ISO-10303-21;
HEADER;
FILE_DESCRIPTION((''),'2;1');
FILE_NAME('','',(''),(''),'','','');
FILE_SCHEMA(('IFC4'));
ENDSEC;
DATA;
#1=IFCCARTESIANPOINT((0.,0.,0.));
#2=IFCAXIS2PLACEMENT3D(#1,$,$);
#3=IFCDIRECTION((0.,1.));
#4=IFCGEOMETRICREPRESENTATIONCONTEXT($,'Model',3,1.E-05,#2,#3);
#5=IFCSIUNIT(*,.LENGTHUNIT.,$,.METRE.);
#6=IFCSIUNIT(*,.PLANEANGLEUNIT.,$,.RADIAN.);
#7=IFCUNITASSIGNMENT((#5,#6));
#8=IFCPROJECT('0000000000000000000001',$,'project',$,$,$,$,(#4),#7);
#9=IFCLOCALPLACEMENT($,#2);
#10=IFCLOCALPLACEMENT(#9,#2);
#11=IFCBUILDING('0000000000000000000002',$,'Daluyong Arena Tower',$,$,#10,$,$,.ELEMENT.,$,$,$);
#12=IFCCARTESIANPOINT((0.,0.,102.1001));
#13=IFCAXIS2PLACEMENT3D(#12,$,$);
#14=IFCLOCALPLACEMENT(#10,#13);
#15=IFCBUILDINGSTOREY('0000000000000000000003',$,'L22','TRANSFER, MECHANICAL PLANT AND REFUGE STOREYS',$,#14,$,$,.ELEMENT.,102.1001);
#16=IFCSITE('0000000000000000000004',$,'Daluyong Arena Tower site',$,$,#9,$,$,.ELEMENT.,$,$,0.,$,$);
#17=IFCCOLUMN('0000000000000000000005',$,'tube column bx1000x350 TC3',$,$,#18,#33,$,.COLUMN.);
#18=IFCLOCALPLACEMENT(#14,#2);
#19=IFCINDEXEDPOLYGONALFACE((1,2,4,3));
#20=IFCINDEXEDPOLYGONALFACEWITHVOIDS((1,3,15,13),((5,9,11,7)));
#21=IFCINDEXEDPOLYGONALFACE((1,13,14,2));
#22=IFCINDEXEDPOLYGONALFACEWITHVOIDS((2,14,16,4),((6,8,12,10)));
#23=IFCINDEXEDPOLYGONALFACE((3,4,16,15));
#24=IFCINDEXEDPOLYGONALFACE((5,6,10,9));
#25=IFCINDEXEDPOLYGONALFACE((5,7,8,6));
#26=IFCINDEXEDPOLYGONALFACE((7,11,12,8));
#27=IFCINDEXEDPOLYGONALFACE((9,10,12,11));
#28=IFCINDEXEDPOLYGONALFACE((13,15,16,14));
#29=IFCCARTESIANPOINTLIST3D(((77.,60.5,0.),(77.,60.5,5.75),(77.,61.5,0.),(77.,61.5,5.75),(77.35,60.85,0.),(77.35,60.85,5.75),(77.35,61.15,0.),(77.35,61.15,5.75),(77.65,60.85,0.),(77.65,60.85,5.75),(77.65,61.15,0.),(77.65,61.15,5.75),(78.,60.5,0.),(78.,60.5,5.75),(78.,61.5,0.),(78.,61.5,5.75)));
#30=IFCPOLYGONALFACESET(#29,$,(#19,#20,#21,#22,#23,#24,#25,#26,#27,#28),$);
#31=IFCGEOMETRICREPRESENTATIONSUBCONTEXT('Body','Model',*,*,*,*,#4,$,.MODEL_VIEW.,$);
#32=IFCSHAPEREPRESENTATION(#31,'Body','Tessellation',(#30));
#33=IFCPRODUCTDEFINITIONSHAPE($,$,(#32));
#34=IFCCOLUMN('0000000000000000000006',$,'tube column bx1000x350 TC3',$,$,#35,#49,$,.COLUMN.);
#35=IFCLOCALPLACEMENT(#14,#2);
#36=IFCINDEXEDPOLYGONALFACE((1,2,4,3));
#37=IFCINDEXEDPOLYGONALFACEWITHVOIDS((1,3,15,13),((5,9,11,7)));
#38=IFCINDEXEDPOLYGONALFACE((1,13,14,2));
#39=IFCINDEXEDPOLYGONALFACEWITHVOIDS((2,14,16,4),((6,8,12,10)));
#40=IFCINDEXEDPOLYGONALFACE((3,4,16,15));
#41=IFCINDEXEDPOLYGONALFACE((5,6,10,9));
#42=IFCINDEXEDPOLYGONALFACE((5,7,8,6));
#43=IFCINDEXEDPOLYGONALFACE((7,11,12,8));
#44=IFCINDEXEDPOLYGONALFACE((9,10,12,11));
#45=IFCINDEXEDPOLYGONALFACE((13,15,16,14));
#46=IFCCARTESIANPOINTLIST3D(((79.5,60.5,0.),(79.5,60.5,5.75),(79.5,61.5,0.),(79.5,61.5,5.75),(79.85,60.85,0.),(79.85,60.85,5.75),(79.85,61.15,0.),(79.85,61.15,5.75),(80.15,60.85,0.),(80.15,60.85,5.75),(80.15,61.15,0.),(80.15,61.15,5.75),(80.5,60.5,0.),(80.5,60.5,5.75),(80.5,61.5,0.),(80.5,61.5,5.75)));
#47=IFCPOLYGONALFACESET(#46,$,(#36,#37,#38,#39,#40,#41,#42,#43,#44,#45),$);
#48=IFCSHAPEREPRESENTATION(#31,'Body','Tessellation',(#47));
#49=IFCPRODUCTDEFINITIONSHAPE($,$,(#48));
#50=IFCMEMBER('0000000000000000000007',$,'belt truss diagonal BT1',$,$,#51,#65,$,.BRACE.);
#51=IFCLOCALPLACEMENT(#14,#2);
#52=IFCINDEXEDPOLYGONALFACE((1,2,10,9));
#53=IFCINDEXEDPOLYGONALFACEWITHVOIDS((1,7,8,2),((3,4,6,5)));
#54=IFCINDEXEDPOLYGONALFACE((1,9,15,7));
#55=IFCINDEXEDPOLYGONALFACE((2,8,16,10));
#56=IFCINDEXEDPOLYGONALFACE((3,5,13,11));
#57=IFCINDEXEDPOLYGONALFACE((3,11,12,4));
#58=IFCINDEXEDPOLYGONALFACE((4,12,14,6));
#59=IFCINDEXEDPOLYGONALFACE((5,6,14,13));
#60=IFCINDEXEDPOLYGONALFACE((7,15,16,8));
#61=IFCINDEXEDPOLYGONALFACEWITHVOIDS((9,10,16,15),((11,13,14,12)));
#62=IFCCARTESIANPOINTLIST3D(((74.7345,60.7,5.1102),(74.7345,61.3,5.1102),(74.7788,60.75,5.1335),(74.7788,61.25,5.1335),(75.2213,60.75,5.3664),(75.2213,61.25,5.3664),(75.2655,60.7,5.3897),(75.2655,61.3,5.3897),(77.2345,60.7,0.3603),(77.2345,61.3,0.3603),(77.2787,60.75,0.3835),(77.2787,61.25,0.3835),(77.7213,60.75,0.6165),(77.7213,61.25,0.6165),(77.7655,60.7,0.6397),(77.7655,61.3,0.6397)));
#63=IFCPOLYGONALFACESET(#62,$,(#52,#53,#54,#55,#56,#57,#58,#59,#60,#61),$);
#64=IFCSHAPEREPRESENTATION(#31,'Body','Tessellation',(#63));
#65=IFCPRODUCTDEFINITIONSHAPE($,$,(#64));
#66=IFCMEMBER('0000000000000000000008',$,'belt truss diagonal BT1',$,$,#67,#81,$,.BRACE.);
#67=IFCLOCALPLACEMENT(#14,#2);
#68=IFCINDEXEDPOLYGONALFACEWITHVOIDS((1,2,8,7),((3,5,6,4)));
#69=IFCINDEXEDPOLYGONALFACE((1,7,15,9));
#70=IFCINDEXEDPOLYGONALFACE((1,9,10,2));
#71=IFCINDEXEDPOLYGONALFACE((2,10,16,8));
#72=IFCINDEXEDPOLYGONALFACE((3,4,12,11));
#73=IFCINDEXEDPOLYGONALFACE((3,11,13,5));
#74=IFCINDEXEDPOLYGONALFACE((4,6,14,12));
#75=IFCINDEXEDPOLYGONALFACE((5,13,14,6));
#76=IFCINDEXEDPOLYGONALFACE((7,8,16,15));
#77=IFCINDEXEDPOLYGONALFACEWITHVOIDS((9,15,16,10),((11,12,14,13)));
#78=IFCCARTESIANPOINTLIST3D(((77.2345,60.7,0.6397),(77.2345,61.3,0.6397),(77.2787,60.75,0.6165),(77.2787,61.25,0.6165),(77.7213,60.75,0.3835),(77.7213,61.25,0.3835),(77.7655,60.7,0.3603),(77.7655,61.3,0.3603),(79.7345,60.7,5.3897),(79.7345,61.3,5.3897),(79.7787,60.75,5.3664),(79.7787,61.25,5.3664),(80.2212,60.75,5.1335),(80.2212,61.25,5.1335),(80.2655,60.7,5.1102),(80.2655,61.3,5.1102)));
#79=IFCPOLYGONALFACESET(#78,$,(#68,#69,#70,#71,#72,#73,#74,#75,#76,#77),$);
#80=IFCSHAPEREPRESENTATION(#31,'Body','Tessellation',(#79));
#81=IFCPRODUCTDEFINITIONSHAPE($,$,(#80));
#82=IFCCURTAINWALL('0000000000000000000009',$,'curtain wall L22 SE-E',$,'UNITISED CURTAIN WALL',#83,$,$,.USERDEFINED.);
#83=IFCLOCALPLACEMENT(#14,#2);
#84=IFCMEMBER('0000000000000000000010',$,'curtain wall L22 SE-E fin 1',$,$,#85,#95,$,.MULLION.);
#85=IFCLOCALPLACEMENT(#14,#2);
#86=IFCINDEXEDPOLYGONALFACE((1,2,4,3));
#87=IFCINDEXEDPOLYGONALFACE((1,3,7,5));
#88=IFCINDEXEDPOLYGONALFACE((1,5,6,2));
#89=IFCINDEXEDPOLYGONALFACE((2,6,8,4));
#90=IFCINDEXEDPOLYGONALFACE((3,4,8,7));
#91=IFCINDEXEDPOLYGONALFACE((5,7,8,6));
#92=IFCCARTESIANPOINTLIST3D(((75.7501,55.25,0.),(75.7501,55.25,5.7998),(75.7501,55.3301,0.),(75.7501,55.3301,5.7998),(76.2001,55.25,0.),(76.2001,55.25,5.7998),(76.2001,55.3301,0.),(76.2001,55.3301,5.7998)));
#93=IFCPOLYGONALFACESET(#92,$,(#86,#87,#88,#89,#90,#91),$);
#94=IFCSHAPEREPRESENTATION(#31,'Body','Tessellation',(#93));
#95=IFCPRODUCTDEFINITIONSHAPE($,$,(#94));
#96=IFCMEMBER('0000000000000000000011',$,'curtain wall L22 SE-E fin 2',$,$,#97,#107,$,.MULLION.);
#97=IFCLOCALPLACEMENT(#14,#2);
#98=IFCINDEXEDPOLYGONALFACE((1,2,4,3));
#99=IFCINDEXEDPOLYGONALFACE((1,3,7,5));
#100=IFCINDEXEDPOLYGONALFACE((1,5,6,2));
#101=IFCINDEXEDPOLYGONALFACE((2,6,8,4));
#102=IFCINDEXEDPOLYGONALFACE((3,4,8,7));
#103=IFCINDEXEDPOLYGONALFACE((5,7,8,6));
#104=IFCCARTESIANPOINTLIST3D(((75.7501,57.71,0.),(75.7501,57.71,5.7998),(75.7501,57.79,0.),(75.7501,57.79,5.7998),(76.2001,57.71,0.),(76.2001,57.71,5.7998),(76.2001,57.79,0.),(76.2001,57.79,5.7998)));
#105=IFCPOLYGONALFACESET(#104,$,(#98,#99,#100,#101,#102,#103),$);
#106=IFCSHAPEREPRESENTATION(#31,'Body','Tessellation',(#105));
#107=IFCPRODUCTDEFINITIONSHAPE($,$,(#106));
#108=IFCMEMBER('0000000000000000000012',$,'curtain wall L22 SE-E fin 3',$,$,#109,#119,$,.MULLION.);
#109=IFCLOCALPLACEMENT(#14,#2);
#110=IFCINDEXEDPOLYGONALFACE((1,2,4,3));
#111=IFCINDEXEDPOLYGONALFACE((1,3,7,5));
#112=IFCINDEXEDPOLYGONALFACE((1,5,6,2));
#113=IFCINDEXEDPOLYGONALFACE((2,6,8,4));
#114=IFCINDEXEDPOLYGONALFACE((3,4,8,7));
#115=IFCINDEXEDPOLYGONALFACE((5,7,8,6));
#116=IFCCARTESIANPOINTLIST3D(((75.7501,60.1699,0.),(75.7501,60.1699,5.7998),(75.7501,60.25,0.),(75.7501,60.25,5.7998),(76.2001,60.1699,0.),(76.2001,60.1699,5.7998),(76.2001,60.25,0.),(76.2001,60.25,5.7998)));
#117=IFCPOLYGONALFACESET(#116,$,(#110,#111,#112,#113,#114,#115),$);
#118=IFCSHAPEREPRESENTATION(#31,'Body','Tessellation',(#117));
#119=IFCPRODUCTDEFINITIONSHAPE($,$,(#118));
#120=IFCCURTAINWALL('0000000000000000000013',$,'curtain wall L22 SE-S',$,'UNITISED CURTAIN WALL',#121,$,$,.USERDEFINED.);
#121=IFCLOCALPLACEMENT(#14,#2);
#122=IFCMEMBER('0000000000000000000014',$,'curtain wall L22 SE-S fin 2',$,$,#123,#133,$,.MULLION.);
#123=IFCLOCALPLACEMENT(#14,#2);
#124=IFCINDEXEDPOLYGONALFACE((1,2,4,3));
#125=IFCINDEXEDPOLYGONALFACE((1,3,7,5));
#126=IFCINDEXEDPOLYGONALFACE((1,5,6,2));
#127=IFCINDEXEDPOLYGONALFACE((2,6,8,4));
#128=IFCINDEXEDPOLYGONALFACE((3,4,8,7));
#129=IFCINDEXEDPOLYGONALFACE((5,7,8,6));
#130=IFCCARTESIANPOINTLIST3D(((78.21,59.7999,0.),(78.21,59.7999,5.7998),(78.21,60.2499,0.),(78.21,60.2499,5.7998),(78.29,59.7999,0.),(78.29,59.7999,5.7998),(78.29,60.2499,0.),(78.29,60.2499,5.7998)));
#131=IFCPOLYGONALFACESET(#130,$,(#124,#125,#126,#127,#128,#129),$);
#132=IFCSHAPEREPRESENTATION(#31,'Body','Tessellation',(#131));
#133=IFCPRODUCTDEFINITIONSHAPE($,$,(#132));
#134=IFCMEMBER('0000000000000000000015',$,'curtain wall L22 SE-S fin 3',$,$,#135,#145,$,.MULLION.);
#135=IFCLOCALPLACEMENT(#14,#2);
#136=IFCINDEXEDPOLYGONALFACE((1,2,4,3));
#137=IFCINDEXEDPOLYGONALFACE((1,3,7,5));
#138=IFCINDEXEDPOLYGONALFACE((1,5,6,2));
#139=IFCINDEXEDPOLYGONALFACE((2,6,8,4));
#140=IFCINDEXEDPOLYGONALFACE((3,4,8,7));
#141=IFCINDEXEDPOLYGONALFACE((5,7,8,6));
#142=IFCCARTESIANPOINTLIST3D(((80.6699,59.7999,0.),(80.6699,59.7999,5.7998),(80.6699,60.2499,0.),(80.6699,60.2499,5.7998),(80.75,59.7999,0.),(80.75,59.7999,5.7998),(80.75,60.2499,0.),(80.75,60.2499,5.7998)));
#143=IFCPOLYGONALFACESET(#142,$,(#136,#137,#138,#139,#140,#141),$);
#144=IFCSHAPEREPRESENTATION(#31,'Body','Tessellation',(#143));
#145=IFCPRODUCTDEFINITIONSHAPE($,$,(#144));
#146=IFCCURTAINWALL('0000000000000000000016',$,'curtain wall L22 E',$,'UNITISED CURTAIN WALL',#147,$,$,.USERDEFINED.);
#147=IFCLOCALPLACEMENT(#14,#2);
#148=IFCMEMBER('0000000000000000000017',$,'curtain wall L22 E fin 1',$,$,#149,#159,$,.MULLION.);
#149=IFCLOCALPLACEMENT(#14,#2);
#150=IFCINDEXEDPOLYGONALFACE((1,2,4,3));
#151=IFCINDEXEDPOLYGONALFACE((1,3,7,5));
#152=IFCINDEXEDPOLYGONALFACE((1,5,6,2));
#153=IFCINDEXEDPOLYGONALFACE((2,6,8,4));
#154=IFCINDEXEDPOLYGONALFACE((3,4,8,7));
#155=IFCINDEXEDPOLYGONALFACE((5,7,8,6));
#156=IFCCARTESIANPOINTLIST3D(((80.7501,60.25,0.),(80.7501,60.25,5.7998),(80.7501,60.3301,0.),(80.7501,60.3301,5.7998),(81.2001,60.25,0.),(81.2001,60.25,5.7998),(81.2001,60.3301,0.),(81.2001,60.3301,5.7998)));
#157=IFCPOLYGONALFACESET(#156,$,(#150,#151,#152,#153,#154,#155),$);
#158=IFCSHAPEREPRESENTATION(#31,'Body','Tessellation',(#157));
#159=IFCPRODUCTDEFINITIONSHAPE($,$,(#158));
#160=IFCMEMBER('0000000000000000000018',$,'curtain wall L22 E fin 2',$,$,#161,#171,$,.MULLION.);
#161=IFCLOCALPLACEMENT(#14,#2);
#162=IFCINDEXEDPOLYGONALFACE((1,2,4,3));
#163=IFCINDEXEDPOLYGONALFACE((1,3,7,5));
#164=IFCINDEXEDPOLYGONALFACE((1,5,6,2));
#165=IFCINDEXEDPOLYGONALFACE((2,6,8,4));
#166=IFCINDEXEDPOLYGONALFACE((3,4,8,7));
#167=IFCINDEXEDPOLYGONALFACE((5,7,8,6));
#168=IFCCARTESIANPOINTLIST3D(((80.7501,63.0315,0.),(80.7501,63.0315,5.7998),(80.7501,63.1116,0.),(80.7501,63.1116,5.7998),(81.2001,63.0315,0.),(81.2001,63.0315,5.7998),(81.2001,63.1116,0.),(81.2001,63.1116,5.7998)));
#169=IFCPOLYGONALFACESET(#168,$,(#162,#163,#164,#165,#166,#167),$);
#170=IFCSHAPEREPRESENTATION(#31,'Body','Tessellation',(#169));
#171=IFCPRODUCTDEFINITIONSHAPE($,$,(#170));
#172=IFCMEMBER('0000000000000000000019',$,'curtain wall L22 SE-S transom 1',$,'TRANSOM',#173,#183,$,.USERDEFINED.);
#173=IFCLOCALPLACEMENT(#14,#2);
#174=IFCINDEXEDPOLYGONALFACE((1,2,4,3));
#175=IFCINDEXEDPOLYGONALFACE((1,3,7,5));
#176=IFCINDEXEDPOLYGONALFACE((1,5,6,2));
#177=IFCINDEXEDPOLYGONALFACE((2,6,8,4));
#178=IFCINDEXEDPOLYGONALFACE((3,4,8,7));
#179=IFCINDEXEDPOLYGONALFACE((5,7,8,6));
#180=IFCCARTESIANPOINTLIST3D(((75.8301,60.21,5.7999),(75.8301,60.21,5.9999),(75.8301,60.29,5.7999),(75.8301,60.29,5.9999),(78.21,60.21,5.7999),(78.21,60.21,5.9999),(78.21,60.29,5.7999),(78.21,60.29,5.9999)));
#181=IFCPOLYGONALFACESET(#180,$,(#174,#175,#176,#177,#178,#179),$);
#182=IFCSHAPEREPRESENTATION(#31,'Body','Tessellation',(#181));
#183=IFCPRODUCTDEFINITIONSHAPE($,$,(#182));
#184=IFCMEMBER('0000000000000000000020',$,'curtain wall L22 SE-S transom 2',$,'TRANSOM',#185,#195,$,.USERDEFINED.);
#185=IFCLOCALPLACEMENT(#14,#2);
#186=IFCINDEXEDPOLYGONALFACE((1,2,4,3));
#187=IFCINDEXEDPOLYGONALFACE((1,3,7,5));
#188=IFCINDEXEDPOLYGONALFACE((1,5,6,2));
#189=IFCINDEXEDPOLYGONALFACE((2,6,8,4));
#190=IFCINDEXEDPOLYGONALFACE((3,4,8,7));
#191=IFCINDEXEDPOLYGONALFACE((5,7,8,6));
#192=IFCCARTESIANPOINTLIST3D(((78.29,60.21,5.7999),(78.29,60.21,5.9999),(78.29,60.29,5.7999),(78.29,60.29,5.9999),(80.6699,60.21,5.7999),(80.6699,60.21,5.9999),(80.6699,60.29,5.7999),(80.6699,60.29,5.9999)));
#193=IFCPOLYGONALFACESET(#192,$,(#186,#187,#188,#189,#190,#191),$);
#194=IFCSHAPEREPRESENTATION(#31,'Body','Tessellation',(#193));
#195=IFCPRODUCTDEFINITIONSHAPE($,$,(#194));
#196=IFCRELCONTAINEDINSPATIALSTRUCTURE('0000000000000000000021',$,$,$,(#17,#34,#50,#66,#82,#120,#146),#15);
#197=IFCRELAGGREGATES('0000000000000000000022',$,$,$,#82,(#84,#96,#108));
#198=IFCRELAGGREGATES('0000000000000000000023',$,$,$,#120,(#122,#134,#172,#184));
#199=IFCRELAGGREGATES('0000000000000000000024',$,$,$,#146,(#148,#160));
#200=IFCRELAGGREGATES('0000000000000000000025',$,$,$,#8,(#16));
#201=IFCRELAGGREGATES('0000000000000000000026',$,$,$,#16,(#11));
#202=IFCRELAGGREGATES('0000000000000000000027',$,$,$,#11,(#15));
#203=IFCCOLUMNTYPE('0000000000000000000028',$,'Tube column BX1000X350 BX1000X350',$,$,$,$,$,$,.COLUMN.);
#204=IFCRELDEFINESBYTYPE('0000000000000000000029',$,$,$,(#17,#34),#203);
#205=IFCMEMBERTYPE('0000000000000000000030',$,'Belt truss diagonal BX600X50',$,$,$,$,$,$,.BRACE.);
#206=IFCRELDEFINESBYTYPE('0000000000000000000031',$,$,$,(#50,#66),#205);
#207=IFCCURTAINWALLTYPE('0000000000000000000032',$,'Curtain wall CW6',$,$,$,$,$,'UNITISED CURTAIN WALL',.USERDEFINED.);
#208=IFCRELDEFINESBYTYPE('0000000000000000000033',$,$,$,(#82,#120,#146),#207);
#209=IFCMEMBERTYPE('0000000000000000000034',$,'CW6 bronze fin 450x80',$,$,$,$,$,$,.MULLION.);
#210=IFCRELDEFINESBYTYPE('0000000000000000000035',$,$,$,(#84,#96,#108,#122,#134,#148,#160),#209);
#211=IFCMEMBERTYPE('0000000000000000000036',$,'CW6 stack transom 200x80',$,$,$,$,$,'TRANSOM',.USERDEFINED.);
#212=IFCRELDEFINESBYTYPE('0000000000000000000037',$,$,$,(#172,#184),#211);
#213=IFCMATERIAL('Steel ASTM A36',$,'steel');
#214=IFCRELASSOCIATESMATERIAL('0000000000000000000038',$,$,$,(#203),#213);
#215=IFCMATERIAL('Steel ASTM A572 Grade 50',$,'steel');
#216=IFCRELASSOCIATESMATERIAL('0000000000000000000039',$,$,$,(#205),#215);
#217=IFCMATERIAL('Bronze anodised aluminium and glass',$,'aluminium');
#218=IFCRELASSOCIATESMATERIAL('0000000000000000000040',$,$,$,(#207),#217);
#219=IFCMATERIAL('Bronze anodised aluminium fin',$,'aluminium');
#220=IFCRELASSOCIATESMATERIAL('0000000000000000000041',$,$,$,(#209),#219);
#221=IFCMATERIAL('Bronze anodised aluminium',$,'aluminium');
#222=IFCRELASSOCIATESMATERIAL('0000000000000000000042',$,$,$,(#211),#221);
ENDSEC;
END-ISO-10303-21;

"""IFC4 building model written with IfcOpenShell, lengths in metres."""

from ifc_helpers import new_model, si_unit, direction, frame, origin, origin_2d, place, context, subcontext, project, spatial, rectangle, hollow_rectangle, extrude, material, material_profile, profile_set, type_object, element, aggregate, save


model = new_model("IFC4")

# Units and contexts
model_context = context("Model", 3, precision=1e-05, world=origin(), true_north=direction((0.0, 1.0)))
body_context = subcontext(model_context, "Body", "Model", "MODEL_VIEW")
ifc_project = project(units=[si_unit("LENGTHUNIT", "METRE"), si_unit("PLANEANGLEUNIT", "RADIAN")], contexts=[model_context])

# Site, building, storey
site_placement = place(None, origin())
site = spatial("IfcSite", under=ifc_project, at=site_placement, Name="Daluyong Arena Tower site", CompositionType="ELEMENT", RefElevation=0.0)
building_placement = place(site_placement, origin())
building = spatial("IfcBuilding", under=site, at=building_placement, Name="Daluyong Arena Tower", CompositionType="ELEMENT")
storey_placement = place(building_placement, frame((0.0, 0.0, 102.1001)))
storey = spatial("IfcBuildingStorey", under=building, at=storey_placement, Name="L22", Description="TRANSFER, MECHANICAL PLANT AND REFUGE STOREYS", CompositionType="ELEMENT", Elevation=102.1001)

# Columns
ifc_material_1 = material(Name="Steel ASTM A36", Category="steel")
ifc_material_profile_1 = material_profile(ifc_material_1, hollow_rectangle(XDim=1.0, YDim=1.0, WallThickness=0.35, at=origin_2d()))
ifc_profile_set_1 = profile_set([ifc_material_profile_1], Name="Steel ASTM A36")
column_type = type_object("IfcColumnType", Name="Tube column BX1000X350 BX1000X350", PredefinedType="COLUMN", material=ifc_profile_set_1)
for number, where, z_axis, x_axis, name in (
    (1, (77.5, 61.0, 0.0), (0.0, 0.0, 1.0), (1.0, 0.0, 0.0), "tube column bx1000x350 TC3"),
    (2, (80.0, 61.0, 0.0), (0.0, 0.0, 1.0), (0.0, 1.0, 0.0), "tube column bx1000x350 TC3"),
):
    element("IfcColumn", number, at=place(storey_placement, frame(where, z_axis=z_axis, x_axis=x_axis)), inside=storey, type_object=column_type, Name=name, PredefinedType="COLUMN", context=body_context, shape_type="SweptSolid", body=[
        extrude(hollow_rectangle(XDim=1.0, YDim=1.0, WallThickness=0.35, at=origin_2d()), origin(), (0.0, 0.0, 1.0), 5.75),
    ])

# Members
ifc_material_2 = material(Name="Steel ASTM A572 Grade 50", Category="steel")
ifc_material_profile_2 = material_profile(ifc_material_2, hollow_rectangle(XDim=0.6001, YDim=0.6001, WallThickness=0.05, at=origin_2d()))
ifc_profile_set_2 = profile_set([ifc_material_profile_2], Name="Steel ASTM A572 Grade 50")
member_type_1 = type_object("IfcMemberType", Name="Belt truss diagonal BX600X50", PredefinedType="BRACE", material=ifc_profile_set_2)
for number, where, z_axis, x_axis, name in (
    (3, (77.5, 61.0, 0.5), (-0.465746, 0.0, 0.884918), (0.0, -1.0, 0.0), "belt truss diagonal BT1"),
    (4, (77.5, 61.0, 0.5), (0.465746, 0.0, 0.884918), (0.0, 1.0, 0.0), "belt truss diagonal BT1"),
):
    element("IfcMember", number, at=place(storey_placement, frame(where, z_axis=z_axis, x_axis=x_axis)), inside=storey, type_object=member_type_1, Name=name, PredefinedType="BRACE", context=body_context, shape_type="SweptSolid", body=[
        extrude(hollow_rectangle(XDim=0.6001, YDim=0.6001, WallThickness=0.05, at=origin_2d()), origin(), (0.0, 0.0, 1.0), 5.3677),
    ])

# Curtain walls, members
ifc_material_3 = material(Name="Bronze anodised aluminium and glass", Category="aluminium")
curtain_wall_type = type_object("IfcCurtainWallType", Name="Curtain wall CW6", ElementType="UNITISED CURTAIN WALL", PredefinedType="USERDEFINED", material=ifc_material_3)
curtain_wall_1_placement = place(storey_placement, origin())
curtain_wall_1 = element("IfcCurtainWall", 5, at=curtain_wall_1_placement, inside=storey, type_object=curtain_wall_type, Name="curtain wall L22 SE-E", ObjectType="UNITISED CURTAIN WALL", PredefinedType="USERDEFINED")
ifc_material_4 = material(Name="Bronze anodised aluminium fin", Category="aluminium")
ifc_material_profile_3 = material_profile(ifc_material_4, rectangle(XDim=0.45, YDim=0.0801, at=origin_2d()))
ifc_profile_set_3 = profile_set([ifc_material_profile_3], Name="Bronze anodised aluminium fin")
member_type_2 = type_object("IfcMemberType", Name="CW6 bronze fin 450x80", PredefinedType="MULLION", material=ifc_profile_set_3)
member_1_placement = place(storey_placement, frame((75.9751, 55.29, 0.0), z_axis=(0.0, 0.0, 1.0), x_axis=(-1.0, 0.0, 0.0)))
member_1 = element("IfcMember", 6, at=member_1_placement, type_object=member_type_2, Name="curtain wall L22 SE-E fin 1", PredefinedType="MULLION", context=body_context, shape_type="SweptSolid", body=[
    extrude(rectangle(XDim=0.45, YDim=0.0801, at=origin_2d()), origin(), (0.0, 0.0, 1.0), 5.7998),
])
member_2_placement = place(storey_placement, frame((75.9751, 57.75, 0.0), z_axis=(0.0, 0.0, 1.0), x_axis=(-1.0, 0.0, 0.0)))
member_2 = element("IfcMember", 7, at=member_2_placement, type_object=member_type_2, Name="curtain wall L22 SE-E fin 2", PredefinedType="MULLION", context=body_context, shape_type="SweptSolid", body=[
    extrude(rectangle(XDim=0.45, YDim=0.0801, at=origin_2d()), origin(), (0.0, 0.0, 1.0), 5.7998),
])
member_3_placement = place(storey_placement, frame((75.9751, 60.21, 0.0), z_axis=(0.0, 0.0, 1.0), x_axis=(-1.0, 0.0, 0.0)))
member_3 = element("IfcMember", 8, at=member_3_placement, type_object=member_type_2, Name="curtain wall L22 SE-E fin 3", PredefinedType="MULLION", context=body_context, shape_type="SweptSolid", body=[
    extrude(rectangle(XDim=0.45, YDim=0.0801, at=origin_2d()), origin(), (0.0, 0.0, 1.0), 5.7998),
])
aggregate(curtain_wall_1, [member_1, member_2, member_3])
curtain_wall_2_placement = place(storey_placement, origin())
curtain_wall_2 = element("IfcCurtainWall", 9, at=curtain_wall_2_placement, inside=storey, type_object=curtain_wall_type, Name="curtain wall L22 SE-S", ObjectType="UNITISED CURTAIN WALL", PredefinedType="USERDEFINED")
member_4_placement = place(storey_placement, frame((78.25, 60.0249, 0.0), z_axis=(0.0, 0.0, 1.0), x_axis=(0.0, 1.0, 0.0)))
member_4 = element("IfcMember", 10, at=member_4_placement, type_object=member_type_2, Name="curtain wall L22 SE-S fin 2", PredefinedType="MULLION", context=body_context, shape_type="SweptSolid", body=[
    extrude(rectangle(XDim=0.45, YDim=0.0801, at=origin_2d()), origin(), (0.0, 0.0, 1.0), 5.7998),
])
member_5_placement = place(storey_placement, frame((80.71, 60.0249, 0.0), z_axis=(0.0, 0.0, 1.0), x_axis=(0.0, 1.0, 0.0)))
member_5 = element("IfcMember", 11, at=member_5_placement, type_object=member_type_2, Name="curtain wall L22 SE-S fin 3", PredefinedType="MULLION", context=body_context, shape_type="SweptSolid", body=[
    extrude(rectangle(XDim=0.45, YDim=0.0801, at=origin_2d()), origin(), (0.0, 0.0, 1.0), 5.7998),
])
curtain_wall_3_placement = place(storey_placement, origin())
curtain_wall_3 = element("IfcCurtainWall", 12, at=curtain_wall_3_placement, inside=storey, type_object=curtain_wall_type, Name="curtain wall L22 E", ObjectType="UNITISED CURTAIN WALL", PredefinedType="USERDEFINED")
member_6_placement = place(storey_placement, frame((80.9751, 60.29, 0.0), z_axis=(0.0, 0.0, 1.0), x_axis=(-1.0, 0.0, 0.0)))
member_6 = element("IfcMember", 13, at=member_6_placement, type_object=member_type_2, Name="curtain wall L22 E fin 1", PredefinedType="MULLION", context=body_context, shape_type="SweptSolid", body=[
    extrude(rectangle(XDim=0.45, YDim=0.0801, at=origin_2d()), origin(), (0.0, 0.0, 1.0), 5.7998),
])
member_7_placement = place(storey_placement, frame((80.9751, 63.0715, 0.0), z_axis=(0.0, 0.0, 1.0), x_axis=(-1.0, 0.0, 0.0)))
member_7 = element("IfcMember", 14, at=member_7_placement, type_object=member_type_2, Name="curtain wall L22 E fin 2", PredefinedType="MULLION", context=body_context, shape_type="SweptSolid", body=[
    extrude(rectangle(XDim=0.45, YDim=0.0801, at=origin_2d()), origin(), (0.0, 0.0, 1.0), 5.7998),
])

# Members
ifc_material_5 = material(Name="Bronze anodised aluminium", Category="aluminium")
ifc_material_profile_4 = material_profile(ifc_material_5, rectangle(XDim=0.0801, YDim=0.2, at=origin_2d()))
ifc_profile_set_4 = profile_set([ifc_material_profile_4], Name="Bronze anodised aluminium")
member_type_3 = type_object("IfcMemberType", Name="CW6 stack transom 200x80", ElementType="TRANSOM", PredefinedType="USERDEFINED", material=ifc_profile_set_4)
member_8_placement = place(storey_placement, frame((75.8301, 60.25, 5.8999), z_axis=(1.0, 0.0, 0.0), x_axis=(0.0, 1.0, 0.0)))
member_8 = element("IfcMember", 15, at=member_8_placement, type_object=member_type_3, Name="curtain wall L22 SE-S transom 1", ObjectType="TRANSOM", PredefinedType="USERDEFINED", context=body_context, shape_type="SweptSolid", body=[
    extrude(rectangle(XDim=0.0801, YDim=0.2, at=origin_2d()), origin(), (0.0, 0.0, 1.0), 2.3799),
])
member_9_placement = place(storey_placement, frame((78.29, 60.25, 5.8999), z_axis=(1.0, 0.0, 0.0), x_axis=(0.0, 1.0, 0.0)))
member_9 = element("IfcMember", 16, at=member_9_placement, type_object=member_type_3, Name="curtain wall L22 SE-S transom 2", ObjectType="TRANSOM", PredefinedType="USERDEFINED", context=body_context, shape_type="SweptSolid", body=[
    extrude(rectangle(XDim=0.0801, YDim=0.2, at=origin_2d()), origin(), (0.0, 0.0, 1.0), 2.3799),
])

aggregate(curtain_wall_2, [member_4, member_5, member_8, member_9])
aggregate(curtain_wall_3, [member_6, member_7])

save(model, "model.ifc")
